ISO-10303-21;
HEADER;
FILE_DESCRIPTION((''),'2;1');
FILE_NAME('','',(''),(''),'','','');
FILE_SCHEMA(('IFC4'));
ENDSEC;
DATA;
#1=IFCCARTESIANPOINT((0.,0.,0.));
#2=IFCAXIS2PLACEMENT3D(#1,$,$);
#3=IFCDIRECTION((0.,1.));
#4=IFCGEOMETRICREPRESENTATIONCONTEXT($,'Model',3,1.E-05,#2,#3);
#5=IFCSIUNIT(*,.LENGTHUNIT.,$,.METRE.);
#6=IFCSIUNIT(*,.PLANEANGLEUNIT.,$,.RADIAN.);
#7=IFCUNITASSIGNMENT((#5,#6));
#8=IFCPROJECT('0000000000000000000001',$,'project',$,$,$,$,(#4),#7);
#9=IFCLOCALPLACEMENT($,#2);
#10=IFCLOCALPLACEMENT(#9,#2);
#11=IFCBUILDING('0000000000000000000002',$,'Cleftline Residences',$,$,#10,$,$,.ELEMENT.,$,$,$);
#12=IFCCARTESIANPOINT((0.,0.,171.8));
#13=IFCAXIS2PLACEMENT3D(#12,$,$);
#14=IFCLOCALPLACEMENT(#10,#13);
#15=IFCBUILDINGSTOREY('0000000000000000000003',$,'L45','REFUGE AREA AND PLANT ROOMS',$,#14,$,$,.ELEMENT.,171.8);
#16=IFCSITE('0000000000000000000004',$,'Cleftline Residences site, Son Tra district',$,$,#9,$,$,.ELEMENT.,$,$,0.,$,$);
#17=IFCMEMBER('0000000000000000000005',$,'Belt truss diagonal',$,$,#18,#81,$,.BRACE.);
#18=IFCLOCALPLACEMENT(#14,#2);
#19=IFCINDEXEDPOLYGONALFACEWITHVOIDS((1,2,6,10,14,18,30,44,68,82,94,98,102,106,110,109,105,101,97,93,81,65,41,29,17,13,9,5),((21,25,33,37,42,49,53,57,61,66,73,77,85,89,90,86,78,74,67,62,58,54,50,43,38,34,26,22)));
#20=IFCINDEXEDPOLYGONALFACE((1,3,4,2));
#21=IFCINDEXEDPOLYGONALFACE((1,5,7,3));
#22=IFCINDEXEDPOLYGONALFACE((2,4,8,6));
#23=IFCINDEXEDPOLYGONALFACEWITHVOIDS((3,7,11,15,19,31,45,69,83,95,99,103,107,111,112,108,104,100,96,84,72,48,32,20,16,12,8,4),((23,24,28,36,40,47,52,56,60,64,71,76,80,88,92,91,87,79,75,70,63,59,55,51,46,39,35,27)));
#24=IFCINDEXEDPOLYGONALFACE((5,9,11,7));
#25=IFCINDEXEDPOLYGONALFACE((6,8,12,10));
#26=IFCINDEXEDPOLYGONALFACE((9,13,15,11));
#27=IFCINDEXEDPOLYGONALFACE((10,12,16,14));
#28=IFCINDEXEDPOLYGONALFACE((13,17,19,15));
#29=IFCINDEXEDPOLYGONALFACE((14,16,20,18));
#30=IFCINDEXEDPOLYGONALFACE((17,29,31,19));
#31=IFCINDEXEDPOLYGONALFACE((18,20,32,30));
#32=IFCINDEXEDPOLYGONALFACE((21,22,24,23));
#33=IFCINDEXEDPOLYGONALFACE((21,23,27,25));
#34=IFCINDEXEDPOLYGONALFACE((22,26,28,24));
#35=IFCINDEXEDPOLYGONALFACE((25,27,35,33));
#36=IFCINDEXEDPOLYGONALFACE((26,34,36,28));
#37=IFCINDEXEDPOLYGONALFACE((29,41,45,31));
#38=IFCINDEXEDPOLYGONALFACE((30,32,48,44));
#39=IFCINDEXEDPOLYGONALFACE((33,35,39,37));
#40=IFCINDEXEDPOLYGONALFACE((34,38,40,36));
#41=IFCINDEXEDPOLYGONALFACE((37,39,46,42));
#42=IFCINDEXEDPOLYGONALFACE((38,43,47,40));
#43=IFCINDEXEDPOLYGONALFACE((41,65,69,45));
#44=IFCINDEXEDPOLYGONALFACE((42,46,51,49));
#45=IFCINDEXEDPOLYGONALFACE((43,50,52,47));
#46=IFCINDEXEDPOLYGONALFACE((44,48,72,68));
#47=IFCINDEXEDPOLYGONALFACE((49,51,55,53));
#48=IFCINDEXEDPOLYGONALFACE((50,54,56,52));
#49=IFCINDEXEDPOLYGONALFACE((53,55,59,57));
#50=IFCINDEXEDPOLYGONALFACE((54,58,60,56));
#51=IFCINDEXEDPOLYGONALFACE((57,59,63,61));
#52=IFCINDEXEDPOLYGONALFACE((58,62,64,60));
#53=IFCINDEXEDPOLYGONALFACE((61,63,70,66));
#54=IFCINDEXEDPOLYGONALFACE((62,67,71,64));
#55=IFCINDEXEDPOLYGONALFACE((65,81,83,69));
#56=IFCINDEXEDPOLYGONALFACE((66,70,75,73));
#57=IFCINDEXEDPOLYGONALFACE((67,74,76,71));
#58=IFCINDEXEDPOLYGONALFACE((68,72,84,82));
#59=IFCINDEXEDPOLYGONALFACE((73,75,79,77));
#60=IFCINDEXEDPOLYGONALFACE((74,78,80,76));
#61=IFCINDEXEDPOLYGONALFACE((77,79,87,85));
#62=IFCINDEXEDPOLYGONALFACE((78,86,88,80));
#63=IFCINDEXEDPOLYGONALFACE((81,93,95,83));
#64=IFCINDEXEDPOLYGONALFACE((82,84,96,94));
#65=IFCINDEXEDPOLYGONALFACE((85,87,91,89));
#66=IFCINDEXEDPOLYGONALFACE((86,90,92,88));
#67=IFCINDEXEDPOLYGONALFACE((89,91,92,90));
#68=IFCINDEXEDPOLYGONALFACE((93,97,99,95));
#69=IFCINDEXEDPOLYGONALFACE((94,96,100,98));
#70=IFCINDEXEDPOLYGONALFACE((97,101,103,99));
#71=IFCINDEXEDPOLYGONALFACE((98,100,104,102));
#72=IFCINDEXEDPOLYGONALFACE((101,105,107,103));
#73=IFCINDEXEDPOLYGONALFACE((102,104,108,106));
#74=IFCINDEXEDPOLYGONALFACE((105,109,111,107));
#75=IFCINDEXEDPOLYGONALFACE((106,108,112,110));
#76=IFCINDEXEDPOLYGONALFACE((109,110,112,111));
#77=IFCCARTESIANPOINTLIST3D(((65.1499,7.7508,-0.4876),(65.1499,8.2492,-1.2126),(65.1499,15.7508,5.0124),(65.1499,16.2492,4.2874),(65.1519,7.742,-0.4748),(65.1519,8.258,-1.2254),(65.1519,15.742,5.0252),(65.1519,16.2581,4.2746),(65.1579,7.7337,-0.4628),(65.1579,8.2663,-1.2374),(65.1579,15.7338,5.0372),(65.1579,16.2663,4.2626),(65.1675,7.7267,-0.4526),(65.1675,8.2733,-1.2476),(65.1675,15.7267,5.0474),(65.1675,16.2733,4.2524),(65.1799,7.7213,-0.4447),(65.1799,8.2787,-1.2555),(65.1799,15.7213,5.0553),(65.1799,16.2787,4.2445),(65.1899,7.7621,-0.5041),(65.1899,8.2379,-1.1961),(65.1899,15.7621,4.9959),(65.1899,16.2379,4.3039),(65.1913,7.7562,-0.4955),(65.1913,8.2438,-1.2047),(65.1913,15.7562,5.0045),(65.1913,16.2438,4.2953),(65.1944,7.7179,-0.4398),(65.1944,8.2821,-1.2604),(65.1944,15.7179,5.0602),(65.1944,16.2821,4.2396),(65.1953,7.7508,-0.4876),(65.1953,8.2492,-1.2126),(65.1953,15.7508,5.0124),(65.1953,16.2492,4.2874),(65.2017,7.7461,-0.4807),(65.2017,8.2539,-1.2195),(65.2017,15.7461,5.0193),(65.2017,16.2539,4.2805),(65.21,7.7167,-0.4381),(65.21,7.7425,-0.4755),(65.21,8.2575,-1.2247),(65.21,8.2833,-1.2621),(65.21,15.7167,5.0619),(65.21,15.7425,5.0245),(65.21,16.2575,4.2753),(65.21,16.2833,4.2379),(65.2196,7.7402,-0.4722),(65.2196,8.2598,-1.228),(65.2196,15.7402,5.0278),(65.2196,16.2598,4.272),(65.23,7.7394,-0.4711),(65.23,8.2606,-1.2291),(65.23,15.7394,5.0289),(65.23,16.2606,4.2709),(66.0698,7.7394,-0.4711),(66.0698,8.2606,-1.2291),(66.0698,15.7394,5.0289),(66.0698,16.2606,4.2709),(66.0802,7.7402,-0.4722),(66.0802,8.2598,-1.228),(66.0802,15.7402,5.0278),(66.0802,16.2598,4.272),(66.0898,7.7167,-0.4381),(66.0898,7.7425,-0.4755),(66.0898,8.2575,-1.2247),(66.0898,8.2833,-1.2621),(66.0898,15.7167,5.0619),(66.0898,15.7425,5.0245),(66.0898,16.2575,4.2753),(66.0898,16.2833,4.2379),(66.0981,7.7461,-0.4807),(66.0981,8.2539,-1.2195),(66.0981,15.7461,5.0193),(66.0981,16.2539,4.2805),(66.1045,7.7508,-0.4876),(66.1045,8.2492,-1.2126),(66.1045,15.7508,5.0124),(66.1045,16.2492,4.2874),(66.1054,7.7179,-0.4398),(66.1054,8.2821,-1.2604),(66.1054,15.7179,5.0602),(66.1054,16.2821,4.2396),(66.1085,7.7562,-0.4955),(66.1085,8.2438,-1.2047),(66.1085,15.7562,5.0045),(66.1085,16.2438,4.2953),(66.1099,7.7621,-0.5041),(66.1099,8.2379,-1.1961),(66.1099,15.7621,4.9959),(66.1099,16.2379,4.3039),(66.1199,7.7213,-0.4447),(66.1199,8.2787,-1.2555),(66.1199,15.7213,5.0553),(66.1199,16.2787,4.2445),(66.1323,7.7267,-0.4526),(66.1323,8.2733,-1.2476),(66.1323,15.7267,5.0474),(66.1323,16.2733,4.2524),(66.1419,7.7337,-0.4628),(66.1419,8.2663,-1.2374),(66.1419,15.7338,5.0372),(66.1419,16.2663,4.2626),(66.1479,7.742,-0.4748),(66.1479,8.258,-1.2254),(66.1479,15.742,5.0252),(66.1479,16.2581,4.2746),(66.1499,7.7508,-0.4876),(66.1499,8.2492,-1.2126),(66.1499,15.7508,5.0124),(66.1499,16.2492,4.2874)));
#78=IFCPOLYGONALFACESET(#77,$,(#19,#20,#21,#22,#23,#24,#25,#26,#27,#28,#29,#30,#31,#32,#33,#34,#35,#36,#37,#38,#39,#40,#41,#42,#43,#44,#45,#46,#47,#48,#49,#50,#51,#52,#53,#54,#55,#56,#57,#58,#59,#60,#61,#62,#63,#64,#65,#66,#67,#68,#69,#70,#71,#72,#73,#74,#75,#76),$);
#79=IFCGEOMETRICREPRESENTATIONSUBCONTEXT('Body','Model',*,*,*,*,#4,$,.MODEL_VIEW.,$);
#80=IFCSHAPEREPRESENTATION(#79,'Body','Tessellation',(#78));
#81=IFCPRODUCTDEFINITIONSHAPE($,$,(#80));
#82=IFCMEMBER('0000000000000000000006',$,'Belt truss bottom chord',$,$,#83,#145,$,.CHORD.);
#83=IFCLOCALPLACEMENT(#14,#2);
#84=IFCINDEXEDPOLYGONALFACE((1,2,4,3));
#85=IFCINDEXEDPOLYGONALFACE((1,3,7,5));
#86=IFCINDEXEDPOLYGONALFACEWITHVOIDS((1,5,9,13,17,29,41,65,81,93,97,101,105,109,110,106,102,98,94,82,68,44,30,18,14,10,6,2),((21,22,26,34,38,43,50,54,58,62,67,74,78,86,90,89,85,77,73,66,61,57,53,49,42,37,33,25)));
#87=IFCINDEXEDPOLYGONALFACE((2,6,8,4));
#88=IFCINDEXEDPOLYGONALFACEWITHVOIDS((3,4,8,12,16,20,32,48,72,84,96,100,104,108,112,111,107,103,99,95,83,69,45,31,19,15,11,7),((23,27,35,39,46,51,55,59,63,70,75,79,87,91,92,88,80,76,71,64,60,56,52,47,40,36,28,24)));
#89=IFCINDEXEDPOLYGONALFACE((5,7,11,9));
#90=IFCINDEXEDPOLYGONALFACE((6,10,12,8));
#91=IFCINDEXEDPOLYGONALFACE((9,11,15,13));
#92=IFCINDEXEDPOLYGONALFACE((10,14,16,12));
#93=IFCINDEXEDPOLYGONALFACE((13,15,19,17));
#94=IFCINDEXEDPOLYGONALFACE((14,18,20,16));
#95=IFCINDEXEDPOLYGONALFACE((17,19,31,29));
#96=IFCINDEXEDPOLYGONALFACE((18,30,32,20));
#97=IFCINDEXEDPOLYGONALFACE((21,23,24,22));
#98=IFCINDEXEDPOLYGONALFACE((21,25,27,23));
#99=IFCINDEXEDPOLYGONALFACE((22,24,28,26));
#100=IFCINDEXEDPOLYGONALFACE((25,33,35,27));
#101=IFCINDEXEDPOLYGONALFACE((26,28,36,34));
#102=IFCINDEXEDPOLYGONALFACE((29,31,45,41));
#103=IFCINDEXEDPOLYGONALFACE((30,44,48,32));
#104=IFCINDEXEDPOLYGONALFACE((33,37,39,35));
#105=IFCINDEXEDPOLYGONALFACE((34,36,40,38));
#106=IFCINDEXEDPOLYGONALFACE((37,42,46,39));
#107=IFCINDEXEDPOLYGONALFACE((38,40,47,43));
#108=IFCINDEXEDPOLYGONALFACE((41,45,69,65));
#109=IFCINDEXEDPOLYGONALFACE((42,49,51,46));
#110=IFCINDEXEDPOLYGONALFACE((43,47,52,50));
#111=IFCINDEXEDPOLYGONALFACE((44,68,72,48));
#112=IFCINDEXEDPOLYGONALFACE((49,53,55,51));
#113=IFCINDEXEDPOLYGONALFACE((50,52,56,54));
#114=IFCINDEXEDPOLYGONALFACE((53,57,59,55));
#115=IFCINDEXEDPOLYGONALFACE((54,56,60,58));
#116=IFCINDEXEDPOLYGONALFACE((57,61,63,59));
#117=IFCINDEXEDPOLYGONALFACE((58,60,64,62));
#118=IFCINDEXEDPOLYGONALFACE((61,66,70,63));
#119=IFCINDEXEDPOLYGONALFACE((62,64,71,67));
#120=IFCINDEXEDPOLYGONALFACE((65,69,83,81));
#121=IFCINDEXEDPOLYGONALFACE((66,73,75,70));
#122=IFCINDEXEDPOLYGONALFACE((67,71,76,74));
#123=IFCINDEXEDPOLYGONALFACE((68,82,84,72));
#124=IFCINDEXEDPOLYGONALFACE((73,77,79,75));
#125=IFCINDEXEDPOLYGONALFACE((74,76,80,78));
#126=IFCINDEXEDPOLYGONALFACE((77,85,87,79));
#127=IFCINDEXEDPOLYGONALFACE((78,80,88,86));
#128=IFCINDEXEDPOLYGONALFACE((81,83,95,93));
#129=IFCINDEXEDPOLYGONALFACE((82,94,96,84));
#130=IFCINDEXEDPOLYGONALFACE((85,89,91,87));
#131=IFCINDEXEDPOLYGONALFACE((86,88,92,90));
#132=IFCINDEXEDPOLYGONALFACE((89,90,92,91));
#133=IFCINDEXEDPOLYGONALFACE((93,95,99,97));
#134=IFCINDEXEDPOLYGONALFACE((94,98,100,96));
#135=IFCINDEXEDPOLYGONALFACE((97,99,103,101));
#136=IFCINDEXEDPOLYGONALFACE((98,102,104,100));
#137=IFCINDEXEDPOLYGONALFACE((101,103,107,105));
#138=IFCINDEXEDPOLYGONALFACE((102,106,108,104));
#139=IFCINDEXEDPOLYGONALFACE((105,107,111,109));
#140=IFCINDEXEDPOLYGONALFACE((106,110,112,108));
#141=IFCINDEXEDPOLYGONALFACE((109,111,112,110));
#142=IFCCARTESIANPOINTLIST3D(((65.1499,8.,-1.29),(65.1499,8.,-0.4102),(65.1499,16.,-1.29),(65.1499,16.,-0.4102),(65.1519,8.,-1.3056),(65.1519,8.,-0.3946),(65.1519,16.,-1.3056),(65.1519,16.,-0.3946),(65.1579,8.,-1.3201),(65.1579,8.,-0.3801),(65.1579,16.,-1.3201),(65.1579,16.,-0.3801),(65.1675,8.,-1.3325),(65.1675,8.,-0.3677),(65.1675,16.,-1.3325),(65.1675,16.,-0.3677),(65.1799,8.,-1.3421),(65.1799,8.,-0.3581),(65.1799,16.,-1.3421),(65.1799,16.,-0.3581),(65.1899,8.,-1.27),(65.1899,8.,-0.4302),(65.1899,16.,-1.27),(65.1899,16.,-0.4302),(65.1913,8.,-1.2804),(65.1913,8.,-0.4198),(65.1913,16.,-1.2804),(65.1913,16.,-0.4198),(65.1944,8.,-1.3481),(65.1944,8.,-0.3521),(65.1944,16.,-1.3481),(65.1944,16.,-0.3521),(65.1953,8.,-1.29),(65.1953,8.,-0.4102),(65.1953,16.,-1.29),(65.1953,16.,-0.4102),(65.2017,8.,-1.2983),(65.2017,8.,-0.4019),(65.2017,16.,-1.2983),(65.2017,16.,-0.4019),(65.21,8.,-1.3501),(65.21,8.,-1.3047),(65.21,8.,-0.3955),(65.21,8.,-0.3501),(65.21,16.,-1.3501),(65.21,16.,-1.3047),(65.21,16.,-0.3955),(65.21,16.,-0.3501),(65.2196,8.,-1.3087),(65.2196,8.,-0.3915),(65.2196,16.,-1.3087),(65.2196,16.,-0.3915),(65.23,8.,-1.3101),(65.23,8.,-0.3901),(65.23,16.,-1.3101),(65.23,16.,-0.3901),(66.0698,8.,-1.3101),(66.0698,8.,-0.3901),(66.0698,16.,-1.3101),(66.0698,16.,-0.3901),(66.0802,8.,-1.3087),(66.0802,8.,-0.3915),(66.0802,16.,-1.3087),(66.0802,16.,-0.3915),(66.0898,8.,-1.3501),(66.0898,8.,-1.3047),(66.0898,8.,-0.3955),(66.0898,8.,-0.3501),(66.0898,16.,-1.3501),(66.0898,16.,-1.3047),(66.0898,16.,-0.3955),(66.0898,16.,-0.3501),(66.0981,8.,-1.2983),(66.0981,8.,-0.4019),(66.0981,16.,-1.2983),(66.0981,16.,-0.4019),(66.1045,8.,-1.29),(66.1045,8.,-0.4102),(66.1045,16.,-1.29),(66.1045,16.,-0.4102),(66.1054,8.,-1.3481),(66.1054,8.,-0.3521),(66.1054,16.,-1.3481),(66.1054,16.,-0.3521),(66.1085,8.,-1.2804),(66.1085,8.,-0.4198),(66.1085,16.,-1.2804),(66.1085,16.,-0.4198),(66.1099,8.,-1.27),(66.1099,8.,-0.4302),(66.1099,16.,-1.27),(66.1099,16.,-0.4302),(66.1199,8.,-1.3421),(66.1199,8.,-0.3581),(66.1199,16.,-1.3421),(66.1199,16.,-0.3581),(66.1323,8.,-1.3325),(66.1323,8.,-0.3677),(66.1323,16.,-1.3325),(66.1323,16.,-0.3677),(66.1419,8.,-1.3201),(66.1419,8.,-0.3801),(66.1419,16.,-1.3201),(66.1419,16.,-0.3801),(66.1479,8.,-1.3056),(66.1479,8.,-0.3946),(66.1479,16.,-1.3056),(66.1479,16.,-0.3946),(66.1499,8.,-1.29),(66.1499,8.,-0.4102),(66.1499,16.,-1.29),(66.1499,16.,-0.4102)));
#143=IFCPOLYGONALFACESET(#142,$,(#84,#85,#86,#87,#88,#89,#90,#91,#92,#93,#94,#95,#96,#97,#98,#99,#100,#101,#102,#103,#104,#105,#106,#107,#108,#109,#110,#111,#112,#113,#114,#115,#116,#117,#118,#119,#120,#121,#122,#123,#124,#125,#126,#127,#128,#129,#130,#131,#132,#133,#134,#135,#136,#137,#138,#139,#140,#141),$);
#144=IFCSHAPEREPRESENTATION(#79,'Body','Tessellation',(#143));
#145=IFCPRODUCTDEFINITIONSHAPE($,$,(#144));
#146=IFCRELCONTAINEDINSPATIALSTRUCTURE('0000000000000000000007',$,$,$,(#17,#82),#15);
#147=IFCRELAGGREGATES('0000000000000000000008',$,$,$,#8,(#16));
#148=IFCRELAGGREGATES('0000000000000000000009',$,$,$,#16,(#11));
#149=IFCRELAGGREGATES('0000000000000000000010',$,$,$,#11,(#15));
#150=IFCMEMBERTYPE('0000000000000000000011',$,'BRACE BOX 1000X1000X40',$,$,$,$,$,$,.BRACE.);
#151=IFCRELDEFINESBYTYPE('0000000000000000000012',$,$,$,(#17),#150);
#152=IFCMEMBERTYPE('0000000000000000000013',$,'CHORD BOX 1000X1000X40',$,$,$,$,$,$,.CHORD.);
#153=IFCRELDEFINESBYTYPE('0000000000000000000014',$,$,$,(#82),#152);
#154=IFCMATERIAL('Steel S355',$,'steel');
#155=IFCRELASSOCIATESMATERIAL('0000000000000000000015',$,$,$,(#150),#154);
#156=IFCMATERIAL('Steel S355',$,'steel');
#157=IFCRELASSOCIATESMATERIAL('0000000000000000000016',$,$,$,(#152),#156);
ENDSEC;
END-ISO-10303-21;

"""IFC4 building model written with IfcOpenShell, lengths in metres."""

from ifc_helpers import new_model, si_unit, direction, frame, origin, origin_2d, place, context, subcontext, project, spatial, hollow_rectangle, extrude, material, material_profile, profile_set, type_object, element, save


model = new_model("IFC4")

# Units and contexts
model_context = context("Model", 3, precision=1e-05, world=origin(), true_north=direction((0.0, 1.0)))
body_context = subcontext(model_context, "Body", "Model", "MODEL_VIEW")
ifc_project = project(units=[si_unit("LENGTHUNIT", "METRE"), si_unit("PLANEANGLEUNIT", "RADIAN")], contexts=[model_context])

# Site, building, storey
site_placement = place(None, origin())
site = spatial("IfcSite", under=ifc_project, at=site_placement, Name="Cleftline Residences site, Son Tra district", CompositionType="ELEMENT", RefElevation=0.0)
building_placement = place(site_placement, origin())
building = spatial("IfcBuilding", under=site, at=building_placement, Name="Cleftline Residences", CompositionType="ELEMENT")
storey_placement = place(building_placement, frame((0.0, 0.0, 171.8)))
storey = spatial("IfcBuildingStorey", under=building, at=storey_placement, Name="L45", Description="REFUGE AREA AND PLANT ROOMS", CompositionType="ELEMENT", Elevation=171.8)

# Members
ifc_material_1 = material(Name="Steel S355", Category="steel")
ifc_material_profile_1 = material_profile(ifc_material_1, hollow_rectangle(XDim=1.0, YDim=1.0, WallThickness=0.04, InnerFilletRadius=0.04, OuterFilletRadius=0.0601, at=origin_2d()))
ifc_profile_set_1 = profile_set([ifc_material_profile_1], Name="Steel S355")
member_type_1 = type_object("IfcMemberType", Name="BRACE BOX 1000X1000X40", PredefinedType="BRACE", material=ifc_profile_set_1)
member_1_placement = place(storey_placement, frame((65.6499, 8.0, -0.8501), z_axis=(0.0, 0.824042, 0.566529), x_axis=(0.0, -0.566529, 0.824042)))
element("IfcMember", 1, at=member_1_placement, inside=storey, type_object=member_type_1, Name="Belt truss diagonal", PredefinedType="BRACE", context=body_context, shape_type="SweptSolid", body=[
    extrude(hollow_rectangle(XDim=1.0, YDim=1.0, WallThickness=0.04, InnerFilletRadius=0.04, OuterFilletRadius=0.0601, at=origin_2d()), origin(), (0.0, 0.0, 1.0), 9.7083),
])
ifc_material_2 = material(Name="Steel S355", Category="steel")
ifc_material_profile_2 = material_profile(ifc_material_2, hollow_rectangle(XDim=1.0, YDim=1.0, WallThickness=0.04, InnerFilletRadius=0.04, OuterFilletRadius=0.0601, at=origin_2d()))
ifc_profile_set_2 = profile_set([ifc_material_profile_2], Name="Steel S355")
member_type_2 = type_object("IfcMemberType", Name="CHORD BOX 1000X1000X40", PredefinedType="CHORD", material=ifc_profile_set_2)
for number, where, z_axis, x_axis, name in (
    (2, (65.6499, 8.0, -0.8501), (0.0, 1.0, 0.0), (-1.0, 0.0, 0.0), "Belt truss bottom chord"),
):
    element("IfcMember", number, at=place(storey_placement, frame(where, z_axis=z_axis, x_axis=x_axis)), inside=storey, type_object=member_type_2, Name=name, PredefinedType="CHORD", context=body_context, shape_type="SweptSolid", body=[
        extrude(hollow_rectangle(XDim=1.0, YDim=1.0, WallThickness=0.04, InnerFilletRadius=0.04, OuterFilletRadius=0.0601, at=origin_2d()), origin(), (0.0, 0.0, 1.0), 8.0),
    ])

save(model, "model.ifc")
